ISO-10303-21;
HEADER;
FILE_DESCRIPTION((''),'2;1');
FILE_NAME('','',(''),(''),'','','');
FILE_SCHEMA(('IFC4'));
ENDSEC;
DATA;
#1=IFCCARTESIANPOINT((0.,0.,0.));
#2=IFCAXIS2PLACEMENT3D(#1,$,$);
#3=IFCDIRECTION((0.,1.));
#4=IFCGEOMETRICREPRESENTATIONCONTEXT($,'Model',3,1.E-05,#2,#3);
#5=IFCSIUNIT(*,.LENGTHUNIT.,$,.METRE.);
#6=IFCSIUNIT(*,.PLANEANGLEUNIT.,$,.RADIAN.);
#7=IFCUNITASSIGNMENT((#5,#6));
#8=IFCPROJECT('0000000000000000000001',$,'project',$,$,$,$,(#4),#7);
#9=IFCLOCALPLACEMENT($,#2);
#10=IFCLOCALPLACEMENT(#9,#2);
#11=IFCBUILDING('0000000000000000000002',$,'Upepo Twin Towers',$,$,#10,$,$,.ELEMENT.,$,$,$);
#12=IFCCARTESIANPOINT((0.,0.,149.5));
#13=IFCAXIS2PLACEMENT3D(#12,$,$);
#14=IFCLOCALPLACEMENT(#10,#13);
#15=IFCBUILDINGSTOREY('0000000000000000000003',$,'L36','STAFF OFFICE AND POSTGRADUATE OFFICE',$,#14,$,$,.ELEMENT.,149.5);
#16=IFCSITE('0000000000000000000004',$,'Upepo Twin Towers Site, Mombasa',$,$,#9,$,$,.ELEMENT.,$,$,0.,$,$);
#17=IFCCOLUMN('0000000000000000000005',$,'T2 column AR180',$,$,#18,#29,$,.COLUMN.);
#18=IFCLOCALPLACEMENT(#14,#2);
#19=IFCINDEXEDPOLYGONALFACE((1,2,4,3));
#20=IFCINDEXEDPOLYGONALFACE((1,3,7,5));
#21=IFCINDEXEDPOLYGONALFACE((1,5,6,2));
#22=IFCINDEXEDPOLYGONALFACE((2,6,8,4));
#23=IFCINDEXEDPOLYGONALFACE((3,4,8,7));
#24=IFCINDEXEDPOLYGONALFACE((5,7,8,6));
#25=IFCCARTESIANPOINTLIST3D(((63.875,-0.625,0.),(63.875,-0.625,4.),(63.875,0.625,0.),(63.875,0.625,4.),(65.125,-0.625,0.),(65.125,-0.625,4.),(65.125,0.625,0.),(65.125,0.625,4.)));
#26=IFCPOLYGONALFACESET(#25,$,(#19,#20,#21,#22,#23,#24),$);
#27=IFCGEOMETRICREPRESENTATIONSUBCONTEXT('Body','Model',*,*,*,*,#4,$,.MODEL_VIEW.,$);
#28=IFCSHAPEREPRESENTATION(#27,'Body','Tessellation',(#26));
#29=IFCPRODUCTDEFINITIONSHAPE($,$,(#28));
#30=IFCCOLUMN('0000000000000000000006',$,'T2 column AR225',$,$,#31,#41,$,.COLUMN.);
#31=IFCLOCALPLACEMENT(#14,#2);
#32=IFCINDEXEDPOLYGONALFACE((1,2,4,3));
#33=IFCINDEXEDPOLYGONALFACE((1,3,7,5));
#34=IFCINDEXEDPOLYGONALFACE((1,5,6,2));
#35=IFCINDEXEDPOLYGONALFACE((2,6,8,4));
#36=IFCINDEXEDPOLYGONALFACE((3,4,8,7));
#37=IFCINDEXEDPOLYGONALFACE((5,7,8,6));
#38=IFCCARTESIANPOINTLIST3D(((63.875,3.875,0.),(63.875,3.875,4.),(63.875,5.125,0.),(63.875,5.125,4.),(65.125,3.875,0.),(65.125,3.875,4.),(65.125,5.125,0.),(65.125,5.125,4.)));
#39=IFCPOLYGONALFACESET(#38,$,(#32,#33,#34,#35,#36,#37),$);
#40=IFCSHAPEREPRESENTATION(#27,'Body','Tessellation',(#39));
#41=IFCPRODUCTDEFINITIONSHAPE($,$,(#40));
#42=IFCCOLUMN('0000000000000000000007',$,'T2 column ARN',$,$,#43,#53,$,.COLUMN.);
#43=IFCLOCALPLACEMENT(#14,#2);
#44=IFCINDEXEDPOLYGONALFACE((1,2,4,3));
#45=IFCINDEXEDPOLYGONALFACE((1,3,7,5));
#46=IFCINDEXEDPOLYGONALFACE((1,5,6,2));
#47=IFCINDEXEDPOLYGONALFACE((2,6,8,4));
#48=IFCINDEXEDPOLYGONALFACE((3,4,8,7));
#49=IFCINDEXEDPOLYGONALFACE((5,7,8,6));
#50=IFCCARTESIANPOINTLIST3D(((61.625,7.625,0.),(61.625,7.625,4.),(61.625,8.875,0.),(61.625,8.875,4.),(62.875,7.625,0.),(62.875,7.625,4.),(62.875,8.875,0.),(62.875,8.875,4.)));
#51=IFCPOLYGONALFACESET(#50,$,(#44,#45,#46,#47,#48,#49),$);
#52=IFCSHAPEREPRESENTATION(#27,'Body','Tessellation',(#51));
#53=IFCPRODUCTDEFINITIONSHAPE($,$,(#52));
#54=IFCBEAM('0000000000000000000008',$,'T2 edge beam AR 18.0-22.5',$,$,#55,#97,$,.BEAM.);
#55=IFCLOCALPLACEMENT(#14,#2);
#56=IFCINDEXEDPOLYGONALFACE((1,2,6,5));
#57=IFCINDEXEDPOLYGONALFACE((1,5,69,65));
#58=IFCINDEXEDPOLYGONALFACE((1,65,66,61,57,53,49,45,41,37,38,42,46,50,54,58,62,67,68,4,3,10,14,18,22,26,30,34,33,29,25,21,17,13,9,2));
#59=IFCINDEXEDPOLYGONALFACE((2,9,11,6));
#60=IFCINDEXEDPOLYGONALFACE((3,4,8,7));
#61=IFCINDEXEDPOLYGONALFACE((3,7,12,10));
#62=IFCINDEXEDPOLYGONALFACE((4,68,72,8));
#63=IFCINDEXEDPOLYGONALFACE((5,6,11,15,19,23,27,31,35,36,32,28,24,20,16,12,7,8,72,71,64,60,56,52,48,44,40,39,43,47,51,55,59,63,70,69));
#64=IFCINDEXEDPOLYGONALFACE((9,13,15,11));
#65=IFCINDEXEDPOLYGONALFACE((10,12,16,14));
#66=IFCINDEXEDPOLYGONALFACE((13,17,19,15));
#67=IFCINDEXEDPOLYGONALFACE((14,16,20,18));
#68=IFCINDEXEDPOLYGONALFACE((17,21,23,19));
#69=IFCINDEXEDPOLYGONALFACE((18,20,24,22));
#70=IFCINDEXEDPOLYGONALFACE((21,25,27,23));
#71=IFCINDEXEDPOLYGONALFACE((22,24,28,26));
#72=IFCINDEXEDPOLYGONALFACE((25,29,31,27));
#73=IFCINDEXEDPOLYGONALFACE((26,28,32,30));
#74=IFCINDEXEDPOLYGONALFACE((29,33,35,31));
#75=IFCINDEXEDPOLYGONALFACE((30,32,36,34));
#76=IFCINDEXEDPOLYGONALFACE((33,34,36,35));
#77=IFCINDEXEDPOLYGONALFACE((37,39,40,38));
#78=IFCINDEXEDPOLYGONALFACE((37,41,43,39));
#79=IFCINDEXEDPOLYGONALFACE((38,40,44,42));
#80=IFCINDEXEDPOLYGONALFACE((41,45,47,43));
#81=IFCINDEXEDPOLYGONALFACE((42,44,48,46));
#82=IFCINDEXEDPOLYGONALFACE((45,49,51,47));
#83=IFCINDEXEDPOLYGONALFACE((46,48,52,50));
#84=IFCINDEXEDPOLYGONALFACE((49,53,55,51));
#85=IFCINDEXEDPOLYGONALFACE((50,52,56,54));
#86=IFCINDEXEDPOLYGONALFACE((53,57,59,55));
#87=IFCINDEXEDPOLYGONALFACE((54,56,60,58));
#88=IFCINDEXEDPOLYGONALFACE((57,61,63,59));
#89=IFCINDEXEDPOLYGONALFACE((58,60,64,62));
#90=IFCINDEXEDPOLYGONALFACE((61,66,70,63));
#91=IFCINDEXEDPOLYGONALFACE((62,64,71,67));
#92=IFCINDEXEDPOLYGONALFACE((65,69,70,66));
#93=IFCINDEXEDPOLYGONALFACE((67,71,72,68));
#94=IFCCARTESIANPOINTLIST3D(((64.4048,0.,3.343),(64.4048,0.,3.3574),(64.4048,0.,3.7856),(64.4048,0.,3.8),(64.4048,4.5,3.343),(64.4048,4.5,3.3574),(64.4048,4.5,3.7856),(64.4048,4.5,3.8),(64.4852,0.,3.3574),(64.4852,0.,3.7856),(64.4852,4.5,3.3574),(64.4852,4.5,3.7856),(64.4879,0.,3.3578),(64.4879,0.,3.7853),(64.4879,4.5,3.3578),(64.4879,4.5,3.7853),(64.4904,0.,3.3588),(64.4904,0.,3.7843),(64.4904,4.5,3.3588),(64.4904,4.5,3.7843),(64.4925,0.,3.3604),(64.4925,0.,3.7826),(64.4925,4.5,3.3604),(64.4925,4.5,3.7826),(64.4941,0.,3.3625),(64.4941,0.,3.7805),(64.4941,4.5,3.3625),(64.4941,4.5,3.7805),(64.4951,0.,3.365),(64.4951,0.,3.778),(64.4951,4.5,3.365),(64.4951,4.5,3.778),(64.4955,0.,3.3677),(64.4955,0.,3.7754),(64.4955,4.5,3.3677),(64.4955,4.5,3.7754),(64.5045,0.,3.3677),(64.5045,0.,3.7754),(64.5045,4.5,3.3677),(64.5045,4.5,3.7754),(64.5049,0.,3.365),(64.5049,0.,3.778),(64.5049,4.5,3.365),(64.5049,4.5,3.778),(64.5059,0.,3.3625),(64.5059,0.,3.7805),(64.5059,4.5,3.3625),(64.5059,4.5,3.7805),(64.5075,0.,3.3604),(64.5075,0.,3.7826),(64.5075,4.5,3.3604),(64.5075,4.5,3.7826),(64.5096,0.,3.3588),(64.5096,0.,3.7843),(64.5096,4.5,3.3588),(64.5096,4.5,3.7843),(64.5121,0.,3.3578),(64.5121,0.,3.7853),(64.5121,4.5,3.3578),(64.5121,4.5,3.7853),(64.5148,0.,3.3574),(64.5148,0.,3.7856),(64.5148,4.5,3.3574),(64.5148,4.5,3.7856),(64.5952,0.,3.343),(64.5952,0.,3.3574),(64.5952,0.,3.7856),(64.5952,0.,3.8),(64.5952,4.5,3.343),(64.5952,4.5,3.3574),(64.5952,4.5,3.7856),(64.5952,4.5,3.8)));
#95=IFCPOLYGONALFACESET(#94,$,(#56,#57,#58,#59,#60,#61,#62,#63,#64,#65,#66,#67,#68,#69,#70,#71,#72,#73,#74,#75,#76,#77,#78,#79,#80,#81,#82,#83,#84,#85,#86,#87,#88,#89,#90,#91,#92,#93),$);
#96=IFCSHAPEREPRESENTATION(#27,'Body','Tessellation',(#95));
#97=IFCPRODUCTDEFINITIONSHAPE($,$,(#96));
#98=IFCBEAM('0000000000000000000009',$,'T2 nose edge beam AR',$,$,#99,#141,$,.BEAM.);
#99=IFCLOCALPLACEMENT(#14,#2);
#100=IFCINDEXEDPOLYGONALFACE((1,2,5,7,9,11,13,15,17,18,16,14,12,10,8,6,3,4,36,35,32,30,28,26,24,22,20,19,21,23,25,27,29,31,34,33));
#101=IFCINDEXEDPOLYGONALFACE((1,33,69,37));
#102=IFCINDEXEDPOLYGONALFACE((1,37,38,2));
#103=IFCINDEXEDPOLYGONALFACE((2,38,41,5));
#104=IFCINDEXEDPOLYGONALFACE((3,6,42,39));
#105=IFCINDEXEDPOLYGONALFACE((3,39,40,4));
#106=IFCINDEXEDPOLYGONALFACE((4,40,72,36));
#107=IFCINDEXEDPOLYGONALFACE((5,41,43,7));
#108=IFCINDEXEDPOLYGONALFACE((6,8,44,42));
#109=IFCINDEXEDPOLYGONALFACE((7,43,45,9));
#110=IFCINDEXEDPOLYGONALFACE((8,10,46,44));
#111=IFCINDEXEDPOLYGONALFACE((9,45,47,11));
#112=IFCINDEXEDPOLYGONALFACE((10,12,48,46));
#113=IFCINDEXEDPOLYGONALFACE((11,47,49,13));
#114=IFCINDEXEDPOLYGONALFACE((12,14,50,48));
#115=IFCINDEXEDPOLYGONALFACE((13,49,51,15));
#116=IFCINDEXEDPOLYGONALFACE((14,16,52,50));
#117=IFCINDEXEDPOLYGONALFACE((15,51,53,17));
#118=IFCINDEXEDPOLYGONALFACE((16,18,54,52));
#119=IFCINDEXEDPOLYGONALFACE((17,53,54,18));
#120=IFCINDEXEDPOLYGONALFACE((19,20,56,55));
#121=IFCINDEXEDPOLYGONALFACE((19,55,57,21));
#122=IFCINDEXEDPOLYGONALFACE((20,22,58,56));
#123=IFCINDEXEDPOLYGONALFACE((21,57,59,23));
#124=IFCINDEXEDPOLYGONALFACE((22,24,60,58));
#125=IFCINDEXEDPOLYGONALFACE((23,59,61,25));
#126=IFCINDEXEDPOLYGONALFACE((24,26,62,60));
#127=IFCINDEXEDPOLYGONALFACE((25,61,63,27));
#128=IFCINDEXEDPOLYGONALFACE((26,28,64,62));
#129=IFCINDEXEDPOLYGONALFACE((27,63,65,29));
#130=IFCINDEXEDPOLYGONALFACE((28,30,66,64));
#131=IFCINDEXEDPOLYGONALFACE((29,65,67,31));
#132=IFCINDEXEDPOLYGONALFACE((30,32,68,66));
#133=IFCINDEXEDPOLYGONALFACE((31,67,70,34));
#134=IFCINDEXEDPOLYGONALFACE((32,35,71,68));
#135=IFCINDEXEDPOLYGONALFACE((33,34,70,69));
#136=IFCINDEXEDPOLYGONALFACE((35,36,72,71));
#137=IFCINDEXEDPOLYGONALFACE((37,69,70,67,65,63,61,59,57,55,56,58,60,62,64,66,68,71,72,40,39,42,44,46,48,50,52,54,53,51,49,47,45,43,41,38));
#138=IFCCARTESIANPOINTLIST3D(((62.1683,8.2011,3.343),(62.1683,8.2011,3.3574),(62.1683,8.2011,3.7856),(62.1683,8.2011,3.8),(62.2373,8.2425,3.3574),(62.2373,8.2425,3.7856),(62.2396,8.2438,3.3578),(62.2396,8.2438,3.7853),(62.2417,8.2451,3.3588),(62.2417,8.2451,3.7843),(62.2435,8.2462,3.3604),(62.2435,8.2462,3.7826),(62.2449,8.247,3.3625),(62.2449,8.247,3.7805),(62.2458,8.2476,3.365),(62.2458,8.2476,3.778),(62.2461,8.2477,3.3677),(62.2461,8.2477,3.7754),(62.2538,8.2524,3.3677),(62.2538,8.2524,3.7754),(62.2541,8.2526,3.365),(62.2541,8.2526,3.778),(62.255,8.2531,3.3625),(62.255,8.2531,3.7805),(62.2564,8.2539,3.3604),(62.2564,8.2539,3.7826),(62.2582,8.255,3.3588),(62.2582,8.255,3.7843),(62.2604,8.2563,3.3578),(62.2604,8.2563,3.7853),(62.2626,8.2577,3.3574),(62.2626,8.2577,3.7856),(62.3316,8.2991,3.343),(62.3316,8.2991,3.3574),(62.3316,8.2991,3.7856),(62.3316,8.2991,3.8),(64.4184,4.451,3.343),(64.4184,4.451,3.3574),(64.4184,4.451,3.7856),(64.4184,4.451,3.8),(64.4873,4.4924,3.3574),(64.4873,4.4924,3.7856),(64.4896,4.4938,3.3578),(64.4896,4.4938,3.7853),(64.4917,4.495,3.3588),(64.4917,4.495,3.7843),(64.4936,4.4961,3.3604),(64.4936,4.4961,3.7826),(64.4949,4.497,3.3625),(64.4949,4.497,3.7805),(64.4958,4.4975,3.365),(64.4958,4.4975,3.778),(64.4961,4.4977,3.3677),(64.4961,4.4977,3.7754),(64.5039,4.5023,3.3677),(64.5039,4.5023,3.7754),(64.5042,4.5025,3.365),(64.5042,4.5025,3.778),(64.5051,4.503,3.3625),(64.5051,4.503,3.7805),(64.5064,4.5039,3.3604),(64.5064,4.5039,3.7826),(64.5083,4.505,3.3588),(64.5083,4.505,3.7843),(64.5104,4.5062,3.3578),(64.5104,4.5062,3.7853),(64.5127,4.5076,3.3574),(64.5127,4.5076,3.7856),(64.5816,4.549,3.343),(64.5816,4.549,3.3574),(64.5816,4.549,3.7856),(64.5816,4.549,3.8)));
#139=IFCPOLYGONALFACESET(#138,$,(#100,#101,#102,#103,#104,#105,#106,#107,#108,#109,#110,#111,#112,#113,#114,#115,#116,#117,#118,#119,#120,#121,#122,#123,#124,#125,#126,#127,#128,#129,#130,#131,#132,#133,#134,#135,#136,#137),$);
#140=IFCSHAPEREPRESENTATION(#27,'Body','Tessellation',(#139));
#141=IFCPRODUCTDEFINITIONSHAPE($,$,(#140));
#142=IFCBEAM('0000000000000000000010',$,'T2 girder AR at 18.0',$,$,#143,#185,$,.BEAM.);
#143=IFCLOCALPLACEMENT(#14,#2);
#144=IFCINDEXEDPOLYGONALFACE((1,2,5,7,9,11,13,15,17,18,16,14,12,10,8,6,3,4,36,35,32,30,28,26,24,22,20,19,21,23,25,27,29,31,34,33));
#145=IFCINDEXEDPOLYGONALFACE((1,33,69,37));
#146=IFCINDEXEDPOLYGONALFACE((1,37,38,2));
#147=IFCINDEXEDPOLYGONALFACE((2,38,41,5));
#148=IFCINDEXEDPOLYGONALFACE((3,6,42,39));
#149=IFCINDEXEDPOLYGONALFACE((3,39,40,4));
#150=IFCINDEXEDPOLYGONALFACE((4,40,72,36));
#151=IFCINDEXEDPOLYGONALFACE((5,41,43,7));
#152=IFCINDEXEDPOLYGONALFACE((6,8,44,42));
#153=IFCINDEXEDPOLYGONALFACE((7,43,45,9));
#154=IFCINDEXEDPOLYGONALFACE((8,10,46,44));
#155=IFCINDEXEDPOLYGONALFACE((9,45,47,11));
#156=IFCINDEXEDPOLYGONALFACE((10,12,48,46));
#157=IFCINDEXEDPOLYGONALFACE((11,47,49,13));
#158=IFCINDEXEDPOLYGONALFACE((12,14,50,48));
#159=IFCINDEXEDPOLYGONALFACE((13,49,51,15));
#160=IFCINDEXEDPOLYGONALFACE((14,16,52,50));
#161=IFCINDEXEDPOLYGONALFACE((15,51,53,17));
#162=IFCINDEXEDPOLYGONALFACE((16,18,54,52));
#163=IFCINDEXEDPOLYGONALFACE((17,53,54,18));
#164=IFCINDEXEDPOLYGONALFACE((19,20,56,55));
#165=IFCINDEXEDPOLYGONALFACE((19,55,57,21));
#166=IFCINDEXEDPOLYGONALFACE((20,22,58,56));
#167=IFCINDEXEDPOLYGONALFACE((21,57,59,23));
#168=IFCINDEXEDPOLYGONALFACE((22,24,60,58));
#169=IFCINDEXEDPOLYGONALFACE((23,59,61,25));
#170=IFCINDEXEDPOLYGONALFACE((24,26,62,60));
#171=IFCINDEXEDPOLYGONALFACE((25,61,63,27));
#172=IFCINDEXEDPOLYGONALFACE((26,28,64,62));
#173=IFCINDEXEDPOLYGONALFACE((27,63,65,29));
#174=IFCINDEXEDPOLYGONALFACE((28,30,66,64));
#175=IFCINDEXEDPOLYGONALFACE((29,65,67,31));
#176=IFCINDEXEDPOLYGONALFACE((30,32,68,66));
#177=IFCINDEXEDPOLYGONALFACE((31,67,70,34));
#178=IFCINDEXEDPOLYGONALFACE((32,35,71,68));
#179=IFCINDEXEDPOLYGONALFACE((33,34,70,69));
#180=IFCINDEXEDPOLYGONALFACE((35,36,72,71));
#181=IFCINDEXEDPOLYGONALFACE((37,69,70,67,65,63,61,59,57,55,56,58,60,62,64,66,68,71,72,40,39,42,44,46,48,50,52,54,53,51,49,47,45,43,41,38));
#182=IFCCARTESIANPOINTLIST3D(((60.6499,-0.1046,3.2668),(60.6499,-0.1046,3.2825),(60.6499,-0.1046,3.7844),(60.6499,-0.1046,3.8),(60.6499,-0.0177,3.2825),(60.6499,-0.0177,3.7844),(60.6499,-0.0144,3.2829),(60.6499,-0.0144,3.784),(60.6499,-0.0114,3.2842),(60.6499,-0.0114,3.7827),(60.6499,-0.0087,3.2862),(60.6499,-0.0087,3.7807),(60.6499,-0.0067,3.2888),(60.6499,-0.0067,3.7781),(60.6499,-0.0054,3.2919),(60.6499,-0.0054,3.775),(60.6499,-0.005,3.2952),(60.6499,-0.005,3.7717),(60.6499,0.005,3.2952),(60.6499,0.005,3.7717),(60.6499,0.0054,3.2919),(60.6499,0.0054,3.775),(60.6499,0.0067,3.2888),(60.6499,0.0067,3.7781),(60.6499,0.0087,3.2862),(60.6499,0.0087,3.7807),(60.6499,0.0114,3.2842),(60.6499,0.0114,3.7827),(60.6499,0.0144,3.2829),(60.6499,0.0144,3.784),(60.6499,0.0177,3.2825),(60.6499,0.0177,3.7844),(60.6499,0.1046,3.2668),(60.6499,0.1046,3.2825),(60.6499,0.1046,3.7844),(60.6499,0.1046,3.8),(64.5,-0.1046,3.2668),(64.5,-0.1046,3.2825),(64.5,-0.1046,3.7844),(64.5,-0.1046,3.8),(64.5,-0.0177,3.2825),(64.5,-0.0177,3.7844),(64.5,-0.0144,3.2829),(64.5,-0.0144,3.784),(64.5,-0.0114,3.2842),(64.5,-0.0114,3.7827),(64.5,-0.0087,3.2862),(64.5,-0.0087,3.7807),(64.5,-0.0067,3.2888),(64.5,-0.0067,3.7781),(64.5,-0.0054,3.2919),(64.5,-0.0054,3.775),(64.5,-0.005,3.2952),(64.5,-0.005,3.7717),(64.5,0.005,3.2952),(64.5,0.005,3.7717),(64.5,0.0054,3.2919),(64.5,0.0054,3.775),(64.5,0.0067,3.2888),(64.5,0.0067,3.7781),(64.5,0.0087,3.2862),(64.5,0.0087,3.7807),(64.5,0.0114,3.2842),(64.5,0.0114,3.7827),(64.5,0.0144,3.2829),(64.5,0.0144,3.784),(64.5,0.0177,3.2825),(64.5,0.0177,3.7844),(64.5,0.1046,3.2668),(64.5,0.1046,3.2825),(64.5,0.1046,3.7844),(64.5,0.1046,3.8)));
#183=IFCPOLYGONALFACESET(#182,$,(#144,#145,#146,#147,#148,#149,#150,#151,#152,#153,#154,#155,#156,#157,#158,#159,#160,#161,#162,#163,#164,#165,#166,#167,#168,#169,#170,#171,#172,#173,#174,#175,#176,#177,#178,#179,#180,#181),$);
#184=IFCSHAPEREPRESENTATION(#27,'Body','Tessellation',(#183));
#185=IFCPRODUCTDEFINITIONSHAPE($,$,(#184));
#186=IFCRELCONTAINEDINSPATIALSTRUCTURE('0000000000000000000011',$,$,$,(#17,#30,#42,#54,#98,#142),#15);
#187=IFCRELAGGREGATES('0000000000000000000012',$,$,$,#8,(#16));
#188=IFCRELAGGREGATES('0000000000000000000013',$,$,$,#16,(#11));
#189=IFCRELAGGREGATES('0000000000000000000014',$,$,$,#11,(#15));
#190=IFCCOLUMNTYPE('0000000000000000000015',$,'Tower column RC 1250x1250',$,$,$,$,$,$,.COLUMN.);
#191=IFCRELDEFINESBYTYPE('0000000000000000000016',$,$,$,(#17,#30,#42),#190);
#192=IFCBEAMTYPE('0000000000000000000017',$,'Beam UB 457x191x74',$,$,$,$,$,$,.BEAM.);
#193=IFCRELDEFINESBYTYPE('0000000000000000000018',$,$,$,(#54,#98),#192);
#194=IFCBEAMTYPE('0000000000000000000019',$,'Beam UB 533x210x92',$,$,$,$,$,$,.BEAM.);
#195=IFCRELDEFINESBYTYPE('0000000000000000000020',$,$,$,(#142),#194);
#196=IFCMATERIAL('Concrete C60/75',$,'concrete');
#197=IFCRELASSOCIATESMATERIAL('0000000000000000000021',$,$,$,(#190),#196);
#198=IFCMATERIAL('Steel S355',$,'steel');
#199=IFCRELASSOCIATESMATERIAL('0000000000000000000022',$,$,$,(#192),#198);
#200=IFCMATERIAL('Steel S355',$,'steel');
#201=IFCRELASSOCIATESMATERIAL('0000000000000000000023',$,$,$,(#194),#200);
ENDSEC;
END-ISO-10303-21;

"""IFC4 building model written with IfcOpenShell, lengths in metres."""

from ifc_helpers import new_model, si_unit, direction, frame, origin, origin_2d, place, context, subcontext, project, spatial, rectangle, i_section, extrude, material, material_profile, profile_set, type_object, element, save


model = new_model("IFC4")

# Units and contexts
model_context = context("Model", 3, precision=1e-05, world=origin(), true_north=direction((0.0, 1.0)))
body_context = subcontext(model_context, "Body", "Model", "MODEL_VIEW")
ifc_project = project(units=[si_unit("LENGTHUNIT", "METRE"), si_unit("PLANEANGLEUNIT", "RADIAN")], contexts=[model_context])

# Site, building, storey
site_placement = place(None, origin())
site = spatial("IfcSite", under=ifc_project, at=site_placement, Name="Upepo Twin Towers Site, Mombasa", CompositionType="ELEMENT", RefElevation=0.0)
building_placement = place(site_placement, origin())
building = spatial("IfcBuilding", under=site, at=building_placement, Name="Upepo Twin Towers", CompositionType="ELEMENT")
storey_placement = place(building_placement, frame((0.0, 0.0, 149.5)))
storey = spatial("IfcBuildingStorey", under=building, at=storey_placement, Name="L36", Description="STAFF OFFICE AND POSTGRADUATE OFFICE", CompositionType="ELEMENT", Elevation=149.5)

# Columns
ifc_material_1 = material(Name="Concrete C60/75", Category="concrete")
ifc_material_profile_1 = material_profile(ifc_material_1, rectangle(XDim=1.25, YDim=1.25, at=origin_2d()), Name="RC 1250x1250")
ifc_profile_set_1 = profile_set([ifc_material_profile_1], Name="Concrete C60/75")
column_type = type_object("IfcColumnType", Name="Tower column RC 1250x1250", PredefinedType="COLUMN", material=ifc_profile_set_1)
for number, where, z_axis, x_axis, name in (
    (1, (64.5, 0.0, 0.0), (0.0, 0.0, 1.0), (1.0, 0.0, 0.0), "T2 column AR180"),
    (2, (64.5, 4.5, 0.0), (0.0, 0.0, 1.0), (1.0, 0.0, 0.0), "T2 column AR225"),
    (3, (62.25, 8.25, 0.0), (0.0, 0.0, 1.0), (1.0, 0.0, 0.0), "T2 column ARN"),
):
    element("IfcColumn", number, at=place(storey_placement, frame(where, z_axis=z_axis, x_axis=x_axis)), inside=storey, type_object=column_type, Name=name, PredefinedType="COLUMN", context=body_context, shape_type="SweptSolid", body=[
        extrude(rectangle(XDim=1.25, YDim=1.25, at=origin_2d()), origin(), (0.0, 0.0, 1.0), 4.0),
    ])

# Beams
ifc_material_2 = material(Name="Steel S355", Category="steel")
ifc_material_profile_2 = material_profile(ifc_material_2, i_section(OverallWidth=0.1904, OverallDepth=0.457, WebThickness=0.009, FlangeThickness=0.0144, FilletRadius=0.0103, at=origin_2d()), Name="UB 457x191x74")
ifc_profile_set_2 = profile_set([ifc_material_profile_2], Name="Steel S355")
beam_type_1 = type_object("IfcBeamType", Name="Beam UB 457x191x74", PredefinedType="BEAM", material=ifc_profile_set_2)
beam_1_placement = place(storey_placement, frame((64.5, 0.0, 3.5715), z_axis=(0.0, 1.0, 0.0), x_axis=(-1.0, 0.0, 0.0)))
element("IfcBeam", 4, at=beam_1_placement, inside=storey, type_object=beam_type_1, Name="T2 edge beam AR 18.0-22.5", PredefinedType="BEAM", context=body_context, shape_type="SweptSolid", body=[
    extrude(i_section(OverallWidth=0.1904, OverallDepth=0.457, WebThickness=0.009, FlangeThickness=0.0144, FilletRadius=0.0103, at=origin_2d()), origin(), (0.0, 0.0, 1.0), 4.5),
])
beam_2_placement = place(storey_placement, frame((64.5, 4.5, 3.5715), z_axis=(-0.514496, 0.857493, 0.0), x_axis=(-0.857493, -0.514496, 0.0)))
element("IfcBeam", 5, at=beam_2_placement, inside=storey, type_object=beam_type_1, Name="T2 nose edge beam AR", PredefinedType="BEAM", context=body_context, shape_type="SweptSolid", body=[
    extrude(i_section(OverallWidth=0.1904, OverallDepth=0.457, WebThickness=0.009, FlangeThickness=0.0144, FilletRadius=0.0103, at=origin_2d()), origin(), (0.0, 0.0, 1.0), 4.3733),
])
ifc_material_3 = material(Name="Steel S355", Category="steel")
ifc_material_profile_3 = material_profile(ifc_material_3, i_section(OverallWidth=0.2092, OverallDepth=0.5332, WebThickness=0.01, FlangeThickness=0.0156, FilletRadius=0.0127, at=origin_2d()), Name="UB 533x210x92")
ifc_profile_set_3 = profile_set([ifc_material_profile_3], Name="Steel S355")
beam_type_2 = type_object("IfcBeamType", Name="Beam UB 533x210x92", PredefinedType="BEAM", material=ifc_profile_set_3)
for number, where, z_axis, x_axis, name in (
    (6, (64.5, 0.0, 3.5334), (-1.0, 0.0, 0.0), (0.0, -1.0, 0.0), "T2 girder AR at 18.0"),
):
    element("IfcBeam", number, at=place(storey_placement, frame(where, z_axis=z_axis, x_axis=x_axis)), inside=storey, type_object=beam_type_2, Name=name, PredefinedType="BEAM", context=body_context, shape_type="SweptSolid", body=[
        extrude(i_section(OverallWidth=0.2092, OverallDepth=0.5332, WebThickness=0.01, FlangeThickness=0.0156, FilletRadius=0.0127, at=origin_2d()), origin(), (0.0, 0.0, 1.0), 3.8501),
    ])

save(model, "model.ifc")
